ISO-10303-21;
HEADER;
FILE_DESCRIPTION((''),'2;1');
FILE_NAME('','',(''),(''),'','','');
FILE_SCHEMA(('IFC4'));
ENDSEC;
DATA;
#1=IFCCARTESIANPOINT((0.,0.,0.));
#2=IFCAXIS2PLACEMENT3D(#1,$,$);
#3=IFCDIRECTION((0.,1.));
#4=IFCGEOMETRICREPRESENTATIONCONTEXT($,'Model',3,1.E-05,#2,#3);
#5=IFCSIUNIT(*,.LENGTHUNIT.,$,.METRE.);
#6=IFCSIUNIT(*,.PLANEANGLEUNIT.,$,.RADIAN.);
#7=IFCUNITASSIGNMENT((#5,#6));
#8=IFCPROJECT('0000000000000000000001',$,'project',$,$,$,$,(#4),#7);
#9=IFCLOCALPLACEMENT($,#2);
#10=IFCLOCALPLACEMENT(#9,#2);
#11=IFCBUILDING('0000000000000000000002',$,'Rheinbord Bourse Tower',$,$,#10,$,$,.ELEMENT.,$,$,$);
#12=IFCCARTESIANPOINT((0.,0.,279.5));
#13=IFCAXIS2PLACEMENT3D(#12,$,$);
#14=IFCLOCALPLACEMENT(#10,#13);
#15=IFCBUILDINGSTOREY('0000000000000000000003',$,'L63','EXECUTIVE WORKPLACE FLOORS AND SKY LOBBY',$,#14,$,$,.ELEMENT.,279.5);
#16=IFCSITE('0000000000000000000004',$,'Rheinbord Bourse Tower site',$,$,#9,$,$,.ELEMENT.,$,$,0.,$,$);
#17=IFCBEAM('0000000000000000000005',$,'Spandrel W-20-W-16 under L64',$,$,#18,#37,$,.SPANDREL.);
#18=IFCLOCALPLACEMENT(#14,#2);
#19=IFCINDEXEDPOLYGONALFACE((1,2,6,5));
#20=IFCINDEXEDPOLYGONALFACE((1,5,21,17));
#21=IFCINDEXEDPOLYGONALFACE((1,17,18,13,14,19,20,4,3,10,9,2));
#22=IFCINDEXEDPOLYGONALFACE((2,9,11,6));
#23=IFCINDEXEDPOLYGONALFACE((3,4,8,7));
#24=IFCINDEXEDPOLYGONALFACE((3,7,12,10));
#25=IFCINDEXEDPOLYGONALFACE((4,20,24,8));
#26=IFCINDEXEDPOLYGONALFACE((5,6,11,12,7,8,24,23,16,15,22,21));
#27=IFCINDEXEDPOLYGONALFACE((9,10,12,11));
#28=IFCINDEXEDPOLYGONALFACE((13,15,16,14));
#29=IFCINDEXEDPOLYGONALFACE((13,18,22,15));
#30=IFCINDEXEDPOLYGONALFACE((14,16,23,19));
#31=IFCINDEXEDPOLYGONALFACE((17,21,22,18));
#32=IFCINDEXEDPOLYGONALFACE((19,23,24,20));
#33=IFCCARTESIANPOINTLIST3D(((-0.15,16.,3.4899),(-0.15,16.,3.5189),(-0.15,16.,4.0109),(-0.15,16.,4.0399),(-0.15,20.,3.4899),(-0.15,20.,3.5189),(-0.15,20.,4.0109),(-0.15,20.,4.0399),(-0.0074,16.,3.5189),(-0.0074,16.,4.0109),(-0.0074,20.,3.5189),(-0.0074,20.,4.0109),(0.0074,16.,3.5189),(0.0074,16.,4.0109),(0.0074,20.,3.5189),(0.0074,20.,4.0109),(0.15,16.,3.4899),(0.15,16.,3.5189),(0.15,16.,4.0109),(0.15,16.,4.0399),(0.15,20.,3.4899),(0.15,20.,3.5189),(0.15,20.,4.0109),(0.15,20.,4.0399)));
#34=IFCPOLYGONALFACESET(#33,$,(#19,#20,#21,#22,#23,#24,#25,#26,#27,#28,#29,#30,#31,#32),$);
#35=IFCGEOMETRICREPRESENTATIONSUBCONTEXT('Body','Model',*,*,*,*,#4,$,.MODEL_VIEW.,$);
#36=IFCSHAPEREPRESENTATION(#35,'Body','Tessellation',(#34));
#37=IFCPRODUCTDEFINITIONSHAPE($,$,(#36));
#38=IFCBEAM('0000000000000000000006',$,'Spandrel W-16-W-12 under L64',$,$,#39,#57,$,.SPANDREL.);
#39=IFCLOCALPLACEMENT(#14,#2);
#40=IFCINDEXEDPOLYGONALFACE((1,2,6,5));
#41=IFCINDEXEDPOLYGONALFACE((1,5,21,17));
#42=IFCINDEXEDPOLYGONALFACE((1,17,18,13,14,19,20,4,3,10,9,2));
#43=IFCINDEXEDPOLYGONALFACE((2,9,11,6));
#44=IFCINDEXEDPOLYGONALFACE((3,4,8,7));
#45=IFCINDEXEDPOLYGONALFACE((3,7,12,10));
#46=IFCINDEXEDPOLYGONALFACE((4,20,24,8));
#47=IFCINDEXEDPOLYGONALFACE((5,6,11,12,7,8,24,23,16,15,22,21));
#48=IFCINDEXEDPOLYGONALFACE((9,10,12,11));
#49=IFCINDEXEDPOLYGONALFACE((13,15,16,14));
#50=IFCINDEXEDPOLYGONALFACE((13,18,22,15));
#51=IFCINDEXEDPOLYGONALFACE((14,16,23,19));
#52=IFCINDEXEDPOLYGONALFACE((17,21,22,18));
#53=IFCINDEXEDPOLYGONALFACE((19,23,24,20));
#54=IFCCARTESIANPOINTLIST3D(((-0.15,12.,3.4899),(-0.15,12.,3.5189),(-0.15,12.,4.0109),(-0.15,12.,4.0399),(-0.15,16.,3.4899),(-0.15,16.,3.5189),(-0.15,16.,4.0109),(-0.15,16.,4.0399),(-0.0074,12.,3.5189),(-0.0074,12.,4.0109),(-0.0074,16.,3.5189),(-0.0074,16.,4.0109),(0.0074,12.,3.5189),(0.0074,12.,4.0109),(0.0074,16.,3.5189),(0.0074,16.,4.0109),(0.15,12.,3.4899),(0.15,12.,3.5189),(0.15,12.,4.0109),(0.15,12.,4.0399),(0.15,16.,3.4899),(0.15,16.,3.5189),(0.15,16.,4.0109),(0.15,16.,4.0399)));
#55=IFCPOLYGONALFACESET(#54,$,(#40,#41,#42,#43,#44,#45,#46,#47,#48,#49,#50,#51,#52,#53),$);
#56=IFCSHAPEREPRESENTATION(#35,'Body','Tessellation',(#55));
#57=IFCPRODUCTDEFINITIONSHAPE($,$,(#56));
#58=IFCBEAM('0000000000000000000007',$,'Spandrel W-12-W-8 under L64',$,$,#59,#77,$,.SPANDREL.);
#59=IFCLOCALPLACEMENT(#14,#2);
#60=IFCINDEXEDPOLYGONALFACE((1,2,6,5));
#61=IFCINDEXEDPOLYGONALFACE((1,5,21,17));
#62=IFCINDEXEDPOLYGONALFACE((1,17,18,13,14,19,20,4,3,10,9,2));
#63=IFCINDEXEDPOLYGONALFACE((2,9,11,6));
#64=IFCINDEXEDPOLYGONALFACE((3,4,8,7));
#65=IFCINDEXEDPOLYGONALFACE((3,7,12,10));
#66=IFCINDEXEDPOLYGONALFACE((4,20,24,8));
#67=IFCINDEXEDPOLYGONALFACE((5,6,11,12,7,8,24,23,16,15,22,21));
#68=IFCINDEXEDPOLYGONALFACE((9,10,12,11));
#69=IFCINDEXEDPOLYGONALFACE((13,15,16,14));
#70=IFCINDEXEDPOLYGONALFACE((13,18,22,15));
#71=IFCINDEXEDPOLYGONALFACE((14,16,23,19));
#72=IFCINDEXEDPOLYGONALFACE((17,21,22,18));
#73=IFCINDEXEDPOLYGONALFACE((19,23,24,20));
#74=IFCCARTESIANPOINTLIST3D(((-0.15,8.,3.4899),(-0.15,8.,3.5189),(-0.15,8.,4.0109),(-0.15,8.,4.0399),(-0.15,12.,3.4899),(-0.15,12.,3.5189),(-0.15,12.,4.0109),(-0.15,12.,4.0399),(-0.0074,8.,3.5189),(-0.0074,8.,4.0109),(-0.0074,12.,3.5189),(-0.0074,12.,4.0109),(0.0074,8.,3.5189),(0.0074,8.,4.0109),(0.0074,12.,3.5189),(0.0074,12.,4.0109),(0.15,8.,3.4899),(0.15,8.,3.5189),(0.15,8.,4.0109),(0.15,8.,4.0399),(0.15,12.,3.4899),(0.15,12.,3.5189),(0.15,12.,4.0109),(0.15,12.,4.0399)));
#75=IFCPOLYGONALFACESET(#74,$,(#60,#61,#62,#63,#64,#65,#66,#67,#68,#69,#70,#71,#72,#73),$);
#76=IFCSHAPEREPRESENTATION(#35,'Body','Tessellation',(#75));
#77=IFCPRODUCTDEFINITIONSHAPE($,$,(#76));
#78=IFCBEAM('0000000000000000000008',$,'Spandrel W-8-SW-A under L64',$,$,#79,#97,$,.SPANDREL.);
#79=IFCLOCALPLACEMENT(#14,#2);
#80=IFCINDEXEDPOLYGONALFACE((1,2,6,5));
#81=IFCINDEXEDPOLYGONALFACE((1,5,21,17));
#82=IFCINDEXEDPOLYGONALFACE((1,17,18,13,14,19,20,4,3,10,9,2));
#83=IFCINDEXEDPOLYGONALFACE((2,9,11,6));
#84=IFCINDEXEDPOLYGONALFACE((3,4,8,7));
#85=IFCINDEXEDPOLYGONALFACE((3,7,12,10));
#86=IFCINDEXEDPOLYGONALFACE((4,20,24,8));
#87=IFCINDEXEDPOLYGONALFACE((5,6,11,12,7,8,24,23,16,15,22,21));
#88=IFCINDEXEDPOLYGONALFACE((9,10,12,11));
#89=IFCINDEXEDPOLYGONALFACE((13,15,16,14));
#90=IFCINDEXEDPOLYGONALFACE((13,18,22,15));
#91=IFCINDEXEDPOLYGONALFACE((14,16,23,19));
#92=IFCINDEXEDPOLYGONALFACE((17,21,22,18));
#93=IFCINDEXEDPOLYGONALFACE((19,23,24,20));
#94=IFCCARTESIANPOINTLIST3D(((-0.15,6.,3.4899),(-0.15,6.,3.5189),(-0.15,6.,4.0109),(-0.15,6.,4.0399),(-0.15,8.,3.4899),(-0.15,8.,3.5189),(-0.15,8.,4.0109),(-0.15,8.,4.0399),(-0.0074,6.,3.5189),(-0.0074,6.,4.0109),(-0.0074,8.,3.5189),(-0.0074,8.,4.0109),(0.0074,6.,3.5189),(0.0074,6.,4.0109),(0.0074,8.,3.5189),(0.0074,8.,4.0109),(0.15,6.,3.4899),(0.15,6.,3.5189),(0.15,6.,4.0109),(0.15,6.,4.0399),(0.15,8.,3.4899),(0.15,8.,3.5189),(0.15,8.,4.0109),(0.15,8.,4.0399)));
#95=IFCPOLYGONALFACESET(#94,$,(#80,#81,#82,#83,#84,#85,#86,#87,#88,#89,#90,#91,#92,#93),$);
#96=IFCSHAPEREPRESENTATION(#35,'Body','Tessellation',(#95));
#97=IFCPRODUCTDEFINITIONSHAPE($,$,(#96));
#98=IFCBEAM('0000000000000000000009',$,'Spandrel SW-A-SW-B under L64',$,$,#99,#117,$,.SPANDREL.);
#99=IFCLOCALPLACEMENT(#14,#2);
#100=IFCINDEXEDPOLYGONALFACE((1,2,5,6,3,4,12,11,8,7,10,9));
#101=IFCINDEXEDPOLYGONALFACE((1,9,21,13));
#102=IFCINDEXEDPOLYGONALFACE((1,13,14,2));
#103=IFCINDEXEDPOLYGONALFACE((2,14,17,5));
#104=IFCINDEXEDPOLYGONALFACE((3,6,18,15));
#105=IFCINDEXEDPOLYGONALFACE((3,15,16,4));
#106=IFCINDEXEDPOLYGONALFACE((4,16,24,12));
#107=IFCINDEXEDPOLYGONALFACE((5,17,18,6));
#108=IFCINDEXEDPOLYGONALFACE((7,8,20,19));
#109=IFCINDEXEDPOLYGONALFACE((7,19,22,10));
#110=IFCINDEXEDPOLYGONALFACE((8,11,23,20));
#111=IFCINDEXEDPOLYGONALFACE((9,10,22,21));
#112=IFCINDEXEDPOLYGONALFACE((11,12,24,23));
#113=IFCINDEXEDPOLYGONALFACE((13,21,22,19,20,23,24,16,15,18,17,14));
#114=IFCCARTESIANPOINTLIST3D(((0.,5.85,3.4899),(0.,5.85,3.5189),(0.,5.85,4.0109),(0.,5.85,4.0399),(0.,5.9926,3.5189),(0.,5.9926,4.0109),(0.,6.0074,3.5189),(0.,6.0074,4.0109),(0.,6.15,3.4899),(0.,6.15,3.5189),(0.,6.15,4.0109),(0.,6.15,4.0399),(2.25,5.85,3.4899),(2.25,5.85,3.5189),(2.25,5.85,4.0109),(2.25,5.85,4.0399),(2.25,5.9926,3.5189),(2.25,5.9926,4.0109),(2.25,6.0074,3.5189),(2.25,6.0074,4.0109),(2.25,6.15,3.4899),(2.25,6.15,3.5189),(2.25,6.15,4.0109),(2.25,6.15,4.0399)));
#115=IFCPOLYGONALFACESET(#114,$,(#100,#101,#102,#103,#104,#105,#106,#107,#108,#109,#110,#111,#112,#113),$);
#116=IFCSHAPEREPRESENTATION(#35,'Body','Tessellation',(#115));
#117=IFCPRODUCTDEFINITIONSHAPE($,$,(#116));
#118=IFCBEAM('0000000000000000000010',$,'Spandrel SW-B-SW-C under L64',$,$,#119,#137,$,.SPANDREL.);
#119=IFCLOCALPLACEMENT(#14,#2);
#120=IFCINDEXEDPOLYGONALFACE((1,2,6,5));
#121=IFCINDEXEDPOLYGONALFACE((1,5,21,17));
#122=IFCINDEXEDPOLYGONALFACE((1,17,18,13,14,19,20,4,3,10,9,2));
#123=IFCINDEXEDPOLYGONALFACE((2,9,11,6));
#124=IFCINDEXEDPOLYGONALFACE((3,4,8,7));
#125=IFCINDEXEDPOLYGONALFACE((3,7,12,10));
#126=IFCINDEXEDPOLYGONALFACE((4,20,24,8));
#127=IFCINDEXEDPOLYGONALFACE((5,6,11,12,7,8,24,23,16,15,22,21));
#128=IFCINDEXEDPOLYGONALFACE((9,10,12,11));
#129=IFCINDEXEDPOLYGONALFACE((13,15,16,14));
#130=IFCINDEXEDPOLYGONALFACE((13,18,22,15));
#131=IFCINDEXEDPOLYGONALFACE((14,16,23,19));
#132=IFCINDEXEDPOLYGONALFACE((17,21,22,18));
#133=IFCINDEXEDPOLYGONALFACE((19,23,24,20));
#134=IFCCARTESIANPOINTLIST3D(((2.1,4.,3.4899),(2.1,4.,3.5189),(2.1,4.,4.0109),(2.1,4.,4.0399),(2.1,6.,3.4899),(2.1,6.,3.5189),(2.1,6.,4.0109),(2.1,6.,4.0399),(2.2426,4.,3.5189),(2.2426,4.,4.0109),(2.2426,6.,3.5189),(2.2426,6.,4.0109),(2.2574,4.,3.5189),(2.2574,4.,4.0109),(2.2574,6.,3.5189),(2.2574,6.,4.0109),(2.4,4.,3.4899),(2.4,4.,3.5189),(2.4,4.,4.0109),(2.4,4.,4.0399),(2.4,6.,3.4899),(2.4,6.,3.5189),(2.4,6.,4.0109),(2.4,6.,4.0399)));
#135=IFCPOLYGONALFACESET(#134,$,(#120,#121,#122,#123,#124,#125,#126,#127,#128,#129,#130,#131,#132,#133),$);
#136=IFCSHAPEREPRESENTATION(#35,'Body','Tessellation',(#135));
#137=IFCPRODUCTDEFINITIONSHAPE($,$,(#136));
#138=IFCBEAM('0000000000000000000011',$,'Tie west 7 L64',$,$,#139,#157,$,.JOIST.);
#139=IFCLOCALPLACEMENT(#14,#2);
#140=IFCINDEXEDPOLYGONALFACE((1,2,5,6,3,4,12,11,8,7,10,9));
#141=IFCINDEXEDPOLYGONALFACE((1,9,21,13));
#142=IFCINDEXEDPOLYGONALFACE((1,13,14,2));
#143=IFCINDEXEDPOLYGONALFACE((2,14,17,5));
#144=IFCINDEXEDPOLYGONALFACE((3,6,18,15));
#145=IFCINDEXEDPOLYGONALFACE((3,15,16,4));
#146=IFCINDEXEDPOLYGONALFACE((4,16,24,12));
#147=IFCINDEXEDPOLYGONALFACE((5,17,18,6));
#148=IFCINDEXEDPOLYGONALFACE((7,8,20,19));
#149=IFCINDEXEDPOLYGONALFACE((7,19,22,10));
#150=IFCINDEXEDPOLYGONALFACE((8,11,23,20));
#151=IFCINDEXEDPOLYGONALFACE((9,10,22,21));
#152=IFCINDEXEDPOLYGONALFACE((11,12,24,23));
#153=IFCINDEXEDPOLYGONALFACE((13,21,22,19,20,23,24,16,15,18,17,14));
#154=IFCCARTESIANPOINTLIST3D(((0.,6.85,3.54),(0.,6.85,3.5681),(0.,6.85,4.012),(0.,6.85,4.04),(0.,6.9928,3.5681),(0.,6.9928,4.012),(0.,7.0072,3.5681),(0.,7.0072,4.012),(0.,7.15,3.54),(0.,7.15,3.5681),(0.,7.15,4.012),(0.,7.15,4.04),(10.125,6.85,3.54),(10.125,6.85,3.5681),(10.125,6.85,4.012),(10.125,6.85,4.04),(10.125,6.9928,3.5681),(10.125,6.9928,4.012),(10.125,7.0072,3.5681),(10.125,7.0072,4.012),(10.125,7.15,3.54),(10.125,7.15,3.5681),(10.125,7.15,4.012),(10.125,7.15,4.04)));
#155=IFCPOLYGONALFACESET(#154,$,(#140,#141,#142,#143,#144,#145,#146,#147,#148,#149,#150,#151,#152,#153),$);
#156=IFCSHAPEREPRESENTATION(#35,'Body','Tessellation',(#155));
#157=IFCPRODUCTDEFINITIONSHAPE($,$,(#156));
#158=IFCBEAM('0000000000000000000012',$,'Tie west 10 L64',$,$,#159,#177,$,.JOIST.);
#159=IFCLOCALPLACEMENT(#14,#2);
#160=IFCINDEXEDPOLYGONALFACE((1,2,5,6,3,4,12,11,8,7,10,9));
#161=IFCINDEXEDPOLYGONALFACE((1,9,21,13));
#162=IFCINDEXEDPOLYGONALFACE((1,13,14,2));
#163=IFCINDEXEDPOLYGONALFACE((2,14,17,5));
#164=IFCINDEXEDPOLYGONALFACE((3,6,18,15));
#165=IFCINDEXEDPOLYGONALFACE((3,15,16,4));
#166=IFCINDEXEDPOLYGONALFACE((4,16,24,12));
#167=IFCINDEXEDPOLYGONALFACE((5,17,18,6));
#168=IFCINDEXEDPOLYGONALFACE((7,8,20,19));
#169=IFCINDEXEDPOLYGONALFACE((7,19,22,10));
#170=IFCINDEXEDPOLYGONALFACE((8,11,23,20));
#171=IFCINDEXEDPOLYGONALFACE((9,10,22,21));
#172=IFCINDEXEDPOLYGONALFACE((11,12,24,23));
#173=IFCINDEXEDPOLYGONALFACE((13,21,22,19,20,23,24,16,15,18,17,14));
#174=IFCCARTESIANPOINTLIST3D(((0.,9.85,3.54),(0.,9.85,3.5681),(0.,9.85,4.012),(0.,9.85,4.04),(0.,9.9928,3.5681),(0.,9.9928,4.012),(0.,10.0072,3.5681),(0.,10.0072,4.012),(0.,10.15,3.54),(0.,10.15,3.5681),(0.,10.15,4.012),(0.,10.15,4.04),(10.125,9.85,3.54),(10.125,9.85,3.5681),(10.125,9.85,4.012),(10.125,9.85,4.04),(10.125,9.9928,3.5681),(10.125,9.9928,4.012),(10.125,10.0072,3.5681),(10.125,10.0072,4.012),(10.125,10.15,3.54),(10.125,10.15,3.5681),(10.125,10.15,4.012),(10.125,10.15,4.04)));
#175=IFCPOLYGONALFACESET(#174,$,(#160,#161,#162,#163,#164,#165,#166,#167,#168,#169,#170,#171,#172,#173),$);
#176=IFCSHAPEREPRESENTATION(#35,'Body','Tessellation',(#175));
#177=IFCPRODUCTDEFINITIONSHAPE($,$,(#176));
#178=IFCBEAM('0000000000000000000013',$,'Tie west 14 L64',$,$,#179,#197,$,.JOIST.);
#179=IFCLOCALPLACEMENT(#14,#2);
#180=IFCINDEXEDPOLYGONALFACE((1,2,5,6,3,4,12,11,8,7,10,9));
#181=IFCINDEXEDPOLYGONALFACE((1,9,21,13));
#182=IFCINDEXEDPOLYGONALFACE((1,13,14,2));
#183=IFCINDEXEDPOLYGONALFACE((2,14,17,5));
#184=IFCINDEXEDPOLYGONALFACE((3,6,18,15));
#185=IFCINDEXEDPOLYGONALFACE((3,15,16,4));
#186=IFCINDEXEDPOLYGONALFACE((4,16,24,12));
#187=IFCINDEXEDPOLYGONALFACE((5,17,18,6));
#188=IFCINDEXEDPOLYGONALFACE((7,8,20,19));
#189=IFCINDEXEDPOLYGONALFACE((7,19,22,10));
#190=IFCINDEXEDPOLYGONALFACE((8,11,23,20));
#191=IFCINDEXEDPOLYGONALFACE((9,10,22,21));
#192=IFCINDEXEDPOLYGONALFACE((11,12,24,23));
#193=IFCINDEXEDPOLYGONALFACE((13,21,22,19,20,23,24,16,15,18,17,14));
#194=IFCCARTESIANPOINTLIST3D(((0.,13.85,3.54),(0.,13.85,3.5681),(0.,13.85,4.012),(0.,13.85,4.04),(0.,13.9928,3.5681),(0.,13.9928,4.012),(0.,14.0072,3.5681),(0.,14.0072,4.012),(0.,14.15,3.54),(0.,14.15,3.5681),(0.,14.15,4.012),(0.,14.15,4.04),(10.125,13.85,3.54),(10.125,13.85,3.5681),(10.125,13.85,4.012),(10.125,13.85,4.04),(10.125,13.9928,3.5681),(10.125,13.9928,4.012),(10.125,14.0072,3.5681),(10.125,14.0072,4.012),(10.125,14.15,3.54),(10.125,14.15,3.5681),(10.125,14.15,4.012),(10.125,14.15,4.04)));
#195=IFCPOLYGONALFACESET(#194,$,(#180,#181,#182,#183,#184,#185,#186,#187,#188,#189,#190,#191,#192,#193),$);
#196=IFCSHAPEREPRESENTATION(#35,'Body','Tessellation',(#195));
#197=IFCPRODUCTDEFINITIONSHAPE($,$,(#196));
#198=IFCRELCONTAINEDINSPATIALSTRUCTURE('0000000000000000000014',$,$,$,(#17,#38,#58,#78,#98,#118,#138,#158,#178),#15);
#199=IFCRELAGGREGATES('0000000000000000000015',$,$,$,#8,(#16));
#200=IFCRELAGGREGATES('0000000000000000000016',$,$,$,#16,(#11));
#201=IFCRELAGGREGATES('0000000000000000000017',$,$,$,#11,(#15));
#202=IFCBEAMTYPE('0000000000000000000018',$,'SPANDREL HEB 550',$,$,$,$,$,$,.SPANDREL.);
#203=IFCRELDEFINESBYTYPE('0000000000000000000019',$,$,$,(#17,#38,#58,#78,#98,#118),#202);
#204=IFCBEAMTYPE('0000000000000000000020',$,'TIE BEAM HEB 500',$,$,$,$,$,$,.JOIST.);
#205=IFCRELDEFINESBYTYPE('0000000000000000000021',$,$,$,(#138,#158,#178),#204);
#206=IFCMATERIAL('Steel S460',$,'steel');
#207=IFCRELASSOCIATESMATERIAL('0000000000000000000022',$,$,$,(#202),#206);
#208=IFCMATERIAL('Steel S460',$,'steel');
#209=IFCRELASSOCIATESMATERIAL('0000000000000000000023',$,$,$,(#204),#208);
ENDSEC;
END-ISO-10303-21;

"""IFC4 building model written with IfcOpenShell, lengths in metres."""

from ifc_helpers import new_model, si_unit, direction, frame, origin, origin_2d, place, context, subcontext, project, spatial, i_section, extrude, material, material_profile, profile_set, type_object, element, save


model = new_model("IFC4")

# Units and contexts
model_context = context("Model", 3, precision=1e-05, world=origin(), true_north=direction((0.0, 1.0)))
body_context = subcontext(model_context, "Body", "Model", "MODEL_VIEW")
ifc_project = project(units=[si_unit("LENGTHUNIT", "METRE"), si_unit("PLANEANGLEUNIT", "RADIAN")], contexts=[model_context])

# Site, building, storey
site_placement = place(None, origin())
site = spatial("IfcSite", under=ifc_project, at=site_placement, Name="Rheinbord Bourse Tower site", CompositionType="ELEMENT", RefElevation=0.0)
building_placement = place(site_placement, origin())
building = spatial("IfcBuilding", under=site, at=building_placement, Name="Rheinbord Bourse Tower", CompositionType="ELEMENT")
storey_placement = place(building_placement, frame((0.0, 0.0, 279.5)))
storey = spatial("IfcBuildingStorey", under=building, at=storey_placement, Name="L63", Description="EXECUTIVE WORKPLACE FLOORS AND SKY LOBBY", CompositionType="ELEMENT", Elevation=279.5)

# Beams
ifc_material_1 = material(Name="Steel S460", Category="steel")
ifc_material_profile_1 = material_profile(ifc_material_1, i_section(OverallWidth=0.3, OverallDepth=0.55, WebThickness=0.0149, FlangeThickness=0.0291, at=origin_2d()), Name="HEB 550")
ifc_profile_set_1 = profile_set([ifc_material_profile_1], Name="Steel S460")
beam_type_1 = type_object("IfcBeamType", Name="SPANDREL HEB 550", PredefinedType="SPANDREL", material=ifc_profile_set_1)
for number, where, z_axis, x_axis, name in (
    (1, (0.0, 20.0, 3.7649), (0.0, -1.0, 0.0), (1.0, 0.0, 0.0), "Spandrel W-20-W-16 under L64"),
    (2, (0.0, 16.0, 3.7649), (0.0, -1.0, 0.0), (1.0, 0.0, 0.0), "Spandrel W-16-W-12 under L64"),
    (3, (0.0, 12.0, 3.7649), (0.0, -1.0, 0.0), (1.0, 0.0, 0.0), "Spandrel W-12-W-8 under L64"),
):
    element("IfcBeam", number, at=place(storey_placement, frame(where, z_axis=z_axis, x_axis=x_axis)), inside=storey, type_object=beam_type_1, Name=name, PredefinedType="SPANDREL", context=body_context, shape_type="SweptSolid", body=[
        extrude(i_section(OverallWidth=0.3, OverallDepth=0.55, WebThickness=0.0149, FlangeThickness=0.0291, at=origin_2d()), origin(), (0.0, 0.0, 1.0), 4.0),
    ])
beam_1_placement = place(storey_placement, frame((0.0, 8.0, 3.7649), z_axis=(0.0, -1.0, 0.0), x_axis=(1.0, 0.0, 0.0)))
element("IfcBeam", 4, at=beam_1_placement, inside=storey, type_object=beam_type_1, Name="Spandrel W-8-SW-A under L64", PredefinedType="SPANDREL", context=body_context, shape_type="SweptSolid", body=[
    extrude(i_section(OverallWidth=0.3, OverallDepth=0.55, WebThickness=0.0149, FlangeThickness=0.0291, at=origin_2d()), origin(), (0.0, 0.0, 1.0), 2.0),
])
beam_2_placement = place(storey_placement, frame((0.0, 6.0, 3.7649), z_axis=(1.0, 0.0, 0.0), x_axis=(0.0, 1.0, 0.0)))
element("IfcBeam", 5, at=beam_2_placement, inside=storey, type_object=beam_type_1, Name="Spandrel SW-A-SW-B under L64", PredefinedType="SPANDREL", context=body_context, shape_type="SweptSolid", body=[
    extrude(i_section(OverallWidth=0.3, OverallDepth=0.55, WebThickness=0.0149, FlangeThickness=0.0291, at=origin_2d()), origin(), (0.0, 0.0, 1.0), 2.25),
])
beam_3_placement = place(storey_placement, frame((2.25, 6.0, 3.7649), z_axis=(0.0, -1.0, 0.0), x_axis=(1.0, 0.0, 0.0)))
element("IfcBeam", 6, at=beam_3_placement, inside=storey, type_object=beam_type_1, Name="Spandrel SW-B-SW-C under L64", PredefinedType="SPANDREL", context=body_context, shape_type="SweptSolid", body=[
    extrude(i_section(OverallWidth=0.3, OverallDepth=0.55, WebThickness=0.0149, FlangeThickness=0.0291, at=origin_2d()), origin(), (0.0, 0.0, 1.0), 2.0),
])
ifc_material_2 = material(Name="Steel S460", Category="steel")
ifc_material_profile_2 = material_profile(ifc_material_2, i_section(OverallWidth=0.3, OverallDepth=0.5, WebThickness=0.0144, FlangeThickness=0.0281, at=origin_2d()), Name="HEB 500")
ifc_profile_set_2 = profile_set([ifc_material_profile_2], Name="Steel S460")
beam_type_2 = type_object("IfcBeamType", Name="TIE BEAM HEB 500", PredefinedType="JOIST", material=ifc_profile_set_2)
for number, where, z_axis, x_axis, name in (
    (7, (0.0, 7.0, 3.79), (1.0, 0.0, 0.0), (0.0, 1.0, 0.0), "Tie west 7 L64"),
    (8, (0.0, 10.0, 3.79), (1.0, 0.0, 0.0), (0.0, 1.0, 0.0), "Tie west 10 L64"),
    (9, (0.0, 14.0, 3.79), (1.0, 0.0, 0.0), (0.0, 1.0, 0.0), "Tie west 14 L64"),
):
    element("IfcBeam", number, at=place(storey_placement, frame(where, z_axis=z_axis, x_axis=x_axis)), inside=storey, type_object=beam_type_2, Name=name, PredefinedType="JOIST", context=body_context, shape_type="SweptSolid", body=[
        extrude(i_section(OverallWidth=0.3, OverallDepth=0.5, WebThickness=0.0144, FlangeThickness=0.0281, at=origin_2d()), origin(), (0.0, 0.0, 1.0), 10.125),
    ])

save(model, "model.ifc")
